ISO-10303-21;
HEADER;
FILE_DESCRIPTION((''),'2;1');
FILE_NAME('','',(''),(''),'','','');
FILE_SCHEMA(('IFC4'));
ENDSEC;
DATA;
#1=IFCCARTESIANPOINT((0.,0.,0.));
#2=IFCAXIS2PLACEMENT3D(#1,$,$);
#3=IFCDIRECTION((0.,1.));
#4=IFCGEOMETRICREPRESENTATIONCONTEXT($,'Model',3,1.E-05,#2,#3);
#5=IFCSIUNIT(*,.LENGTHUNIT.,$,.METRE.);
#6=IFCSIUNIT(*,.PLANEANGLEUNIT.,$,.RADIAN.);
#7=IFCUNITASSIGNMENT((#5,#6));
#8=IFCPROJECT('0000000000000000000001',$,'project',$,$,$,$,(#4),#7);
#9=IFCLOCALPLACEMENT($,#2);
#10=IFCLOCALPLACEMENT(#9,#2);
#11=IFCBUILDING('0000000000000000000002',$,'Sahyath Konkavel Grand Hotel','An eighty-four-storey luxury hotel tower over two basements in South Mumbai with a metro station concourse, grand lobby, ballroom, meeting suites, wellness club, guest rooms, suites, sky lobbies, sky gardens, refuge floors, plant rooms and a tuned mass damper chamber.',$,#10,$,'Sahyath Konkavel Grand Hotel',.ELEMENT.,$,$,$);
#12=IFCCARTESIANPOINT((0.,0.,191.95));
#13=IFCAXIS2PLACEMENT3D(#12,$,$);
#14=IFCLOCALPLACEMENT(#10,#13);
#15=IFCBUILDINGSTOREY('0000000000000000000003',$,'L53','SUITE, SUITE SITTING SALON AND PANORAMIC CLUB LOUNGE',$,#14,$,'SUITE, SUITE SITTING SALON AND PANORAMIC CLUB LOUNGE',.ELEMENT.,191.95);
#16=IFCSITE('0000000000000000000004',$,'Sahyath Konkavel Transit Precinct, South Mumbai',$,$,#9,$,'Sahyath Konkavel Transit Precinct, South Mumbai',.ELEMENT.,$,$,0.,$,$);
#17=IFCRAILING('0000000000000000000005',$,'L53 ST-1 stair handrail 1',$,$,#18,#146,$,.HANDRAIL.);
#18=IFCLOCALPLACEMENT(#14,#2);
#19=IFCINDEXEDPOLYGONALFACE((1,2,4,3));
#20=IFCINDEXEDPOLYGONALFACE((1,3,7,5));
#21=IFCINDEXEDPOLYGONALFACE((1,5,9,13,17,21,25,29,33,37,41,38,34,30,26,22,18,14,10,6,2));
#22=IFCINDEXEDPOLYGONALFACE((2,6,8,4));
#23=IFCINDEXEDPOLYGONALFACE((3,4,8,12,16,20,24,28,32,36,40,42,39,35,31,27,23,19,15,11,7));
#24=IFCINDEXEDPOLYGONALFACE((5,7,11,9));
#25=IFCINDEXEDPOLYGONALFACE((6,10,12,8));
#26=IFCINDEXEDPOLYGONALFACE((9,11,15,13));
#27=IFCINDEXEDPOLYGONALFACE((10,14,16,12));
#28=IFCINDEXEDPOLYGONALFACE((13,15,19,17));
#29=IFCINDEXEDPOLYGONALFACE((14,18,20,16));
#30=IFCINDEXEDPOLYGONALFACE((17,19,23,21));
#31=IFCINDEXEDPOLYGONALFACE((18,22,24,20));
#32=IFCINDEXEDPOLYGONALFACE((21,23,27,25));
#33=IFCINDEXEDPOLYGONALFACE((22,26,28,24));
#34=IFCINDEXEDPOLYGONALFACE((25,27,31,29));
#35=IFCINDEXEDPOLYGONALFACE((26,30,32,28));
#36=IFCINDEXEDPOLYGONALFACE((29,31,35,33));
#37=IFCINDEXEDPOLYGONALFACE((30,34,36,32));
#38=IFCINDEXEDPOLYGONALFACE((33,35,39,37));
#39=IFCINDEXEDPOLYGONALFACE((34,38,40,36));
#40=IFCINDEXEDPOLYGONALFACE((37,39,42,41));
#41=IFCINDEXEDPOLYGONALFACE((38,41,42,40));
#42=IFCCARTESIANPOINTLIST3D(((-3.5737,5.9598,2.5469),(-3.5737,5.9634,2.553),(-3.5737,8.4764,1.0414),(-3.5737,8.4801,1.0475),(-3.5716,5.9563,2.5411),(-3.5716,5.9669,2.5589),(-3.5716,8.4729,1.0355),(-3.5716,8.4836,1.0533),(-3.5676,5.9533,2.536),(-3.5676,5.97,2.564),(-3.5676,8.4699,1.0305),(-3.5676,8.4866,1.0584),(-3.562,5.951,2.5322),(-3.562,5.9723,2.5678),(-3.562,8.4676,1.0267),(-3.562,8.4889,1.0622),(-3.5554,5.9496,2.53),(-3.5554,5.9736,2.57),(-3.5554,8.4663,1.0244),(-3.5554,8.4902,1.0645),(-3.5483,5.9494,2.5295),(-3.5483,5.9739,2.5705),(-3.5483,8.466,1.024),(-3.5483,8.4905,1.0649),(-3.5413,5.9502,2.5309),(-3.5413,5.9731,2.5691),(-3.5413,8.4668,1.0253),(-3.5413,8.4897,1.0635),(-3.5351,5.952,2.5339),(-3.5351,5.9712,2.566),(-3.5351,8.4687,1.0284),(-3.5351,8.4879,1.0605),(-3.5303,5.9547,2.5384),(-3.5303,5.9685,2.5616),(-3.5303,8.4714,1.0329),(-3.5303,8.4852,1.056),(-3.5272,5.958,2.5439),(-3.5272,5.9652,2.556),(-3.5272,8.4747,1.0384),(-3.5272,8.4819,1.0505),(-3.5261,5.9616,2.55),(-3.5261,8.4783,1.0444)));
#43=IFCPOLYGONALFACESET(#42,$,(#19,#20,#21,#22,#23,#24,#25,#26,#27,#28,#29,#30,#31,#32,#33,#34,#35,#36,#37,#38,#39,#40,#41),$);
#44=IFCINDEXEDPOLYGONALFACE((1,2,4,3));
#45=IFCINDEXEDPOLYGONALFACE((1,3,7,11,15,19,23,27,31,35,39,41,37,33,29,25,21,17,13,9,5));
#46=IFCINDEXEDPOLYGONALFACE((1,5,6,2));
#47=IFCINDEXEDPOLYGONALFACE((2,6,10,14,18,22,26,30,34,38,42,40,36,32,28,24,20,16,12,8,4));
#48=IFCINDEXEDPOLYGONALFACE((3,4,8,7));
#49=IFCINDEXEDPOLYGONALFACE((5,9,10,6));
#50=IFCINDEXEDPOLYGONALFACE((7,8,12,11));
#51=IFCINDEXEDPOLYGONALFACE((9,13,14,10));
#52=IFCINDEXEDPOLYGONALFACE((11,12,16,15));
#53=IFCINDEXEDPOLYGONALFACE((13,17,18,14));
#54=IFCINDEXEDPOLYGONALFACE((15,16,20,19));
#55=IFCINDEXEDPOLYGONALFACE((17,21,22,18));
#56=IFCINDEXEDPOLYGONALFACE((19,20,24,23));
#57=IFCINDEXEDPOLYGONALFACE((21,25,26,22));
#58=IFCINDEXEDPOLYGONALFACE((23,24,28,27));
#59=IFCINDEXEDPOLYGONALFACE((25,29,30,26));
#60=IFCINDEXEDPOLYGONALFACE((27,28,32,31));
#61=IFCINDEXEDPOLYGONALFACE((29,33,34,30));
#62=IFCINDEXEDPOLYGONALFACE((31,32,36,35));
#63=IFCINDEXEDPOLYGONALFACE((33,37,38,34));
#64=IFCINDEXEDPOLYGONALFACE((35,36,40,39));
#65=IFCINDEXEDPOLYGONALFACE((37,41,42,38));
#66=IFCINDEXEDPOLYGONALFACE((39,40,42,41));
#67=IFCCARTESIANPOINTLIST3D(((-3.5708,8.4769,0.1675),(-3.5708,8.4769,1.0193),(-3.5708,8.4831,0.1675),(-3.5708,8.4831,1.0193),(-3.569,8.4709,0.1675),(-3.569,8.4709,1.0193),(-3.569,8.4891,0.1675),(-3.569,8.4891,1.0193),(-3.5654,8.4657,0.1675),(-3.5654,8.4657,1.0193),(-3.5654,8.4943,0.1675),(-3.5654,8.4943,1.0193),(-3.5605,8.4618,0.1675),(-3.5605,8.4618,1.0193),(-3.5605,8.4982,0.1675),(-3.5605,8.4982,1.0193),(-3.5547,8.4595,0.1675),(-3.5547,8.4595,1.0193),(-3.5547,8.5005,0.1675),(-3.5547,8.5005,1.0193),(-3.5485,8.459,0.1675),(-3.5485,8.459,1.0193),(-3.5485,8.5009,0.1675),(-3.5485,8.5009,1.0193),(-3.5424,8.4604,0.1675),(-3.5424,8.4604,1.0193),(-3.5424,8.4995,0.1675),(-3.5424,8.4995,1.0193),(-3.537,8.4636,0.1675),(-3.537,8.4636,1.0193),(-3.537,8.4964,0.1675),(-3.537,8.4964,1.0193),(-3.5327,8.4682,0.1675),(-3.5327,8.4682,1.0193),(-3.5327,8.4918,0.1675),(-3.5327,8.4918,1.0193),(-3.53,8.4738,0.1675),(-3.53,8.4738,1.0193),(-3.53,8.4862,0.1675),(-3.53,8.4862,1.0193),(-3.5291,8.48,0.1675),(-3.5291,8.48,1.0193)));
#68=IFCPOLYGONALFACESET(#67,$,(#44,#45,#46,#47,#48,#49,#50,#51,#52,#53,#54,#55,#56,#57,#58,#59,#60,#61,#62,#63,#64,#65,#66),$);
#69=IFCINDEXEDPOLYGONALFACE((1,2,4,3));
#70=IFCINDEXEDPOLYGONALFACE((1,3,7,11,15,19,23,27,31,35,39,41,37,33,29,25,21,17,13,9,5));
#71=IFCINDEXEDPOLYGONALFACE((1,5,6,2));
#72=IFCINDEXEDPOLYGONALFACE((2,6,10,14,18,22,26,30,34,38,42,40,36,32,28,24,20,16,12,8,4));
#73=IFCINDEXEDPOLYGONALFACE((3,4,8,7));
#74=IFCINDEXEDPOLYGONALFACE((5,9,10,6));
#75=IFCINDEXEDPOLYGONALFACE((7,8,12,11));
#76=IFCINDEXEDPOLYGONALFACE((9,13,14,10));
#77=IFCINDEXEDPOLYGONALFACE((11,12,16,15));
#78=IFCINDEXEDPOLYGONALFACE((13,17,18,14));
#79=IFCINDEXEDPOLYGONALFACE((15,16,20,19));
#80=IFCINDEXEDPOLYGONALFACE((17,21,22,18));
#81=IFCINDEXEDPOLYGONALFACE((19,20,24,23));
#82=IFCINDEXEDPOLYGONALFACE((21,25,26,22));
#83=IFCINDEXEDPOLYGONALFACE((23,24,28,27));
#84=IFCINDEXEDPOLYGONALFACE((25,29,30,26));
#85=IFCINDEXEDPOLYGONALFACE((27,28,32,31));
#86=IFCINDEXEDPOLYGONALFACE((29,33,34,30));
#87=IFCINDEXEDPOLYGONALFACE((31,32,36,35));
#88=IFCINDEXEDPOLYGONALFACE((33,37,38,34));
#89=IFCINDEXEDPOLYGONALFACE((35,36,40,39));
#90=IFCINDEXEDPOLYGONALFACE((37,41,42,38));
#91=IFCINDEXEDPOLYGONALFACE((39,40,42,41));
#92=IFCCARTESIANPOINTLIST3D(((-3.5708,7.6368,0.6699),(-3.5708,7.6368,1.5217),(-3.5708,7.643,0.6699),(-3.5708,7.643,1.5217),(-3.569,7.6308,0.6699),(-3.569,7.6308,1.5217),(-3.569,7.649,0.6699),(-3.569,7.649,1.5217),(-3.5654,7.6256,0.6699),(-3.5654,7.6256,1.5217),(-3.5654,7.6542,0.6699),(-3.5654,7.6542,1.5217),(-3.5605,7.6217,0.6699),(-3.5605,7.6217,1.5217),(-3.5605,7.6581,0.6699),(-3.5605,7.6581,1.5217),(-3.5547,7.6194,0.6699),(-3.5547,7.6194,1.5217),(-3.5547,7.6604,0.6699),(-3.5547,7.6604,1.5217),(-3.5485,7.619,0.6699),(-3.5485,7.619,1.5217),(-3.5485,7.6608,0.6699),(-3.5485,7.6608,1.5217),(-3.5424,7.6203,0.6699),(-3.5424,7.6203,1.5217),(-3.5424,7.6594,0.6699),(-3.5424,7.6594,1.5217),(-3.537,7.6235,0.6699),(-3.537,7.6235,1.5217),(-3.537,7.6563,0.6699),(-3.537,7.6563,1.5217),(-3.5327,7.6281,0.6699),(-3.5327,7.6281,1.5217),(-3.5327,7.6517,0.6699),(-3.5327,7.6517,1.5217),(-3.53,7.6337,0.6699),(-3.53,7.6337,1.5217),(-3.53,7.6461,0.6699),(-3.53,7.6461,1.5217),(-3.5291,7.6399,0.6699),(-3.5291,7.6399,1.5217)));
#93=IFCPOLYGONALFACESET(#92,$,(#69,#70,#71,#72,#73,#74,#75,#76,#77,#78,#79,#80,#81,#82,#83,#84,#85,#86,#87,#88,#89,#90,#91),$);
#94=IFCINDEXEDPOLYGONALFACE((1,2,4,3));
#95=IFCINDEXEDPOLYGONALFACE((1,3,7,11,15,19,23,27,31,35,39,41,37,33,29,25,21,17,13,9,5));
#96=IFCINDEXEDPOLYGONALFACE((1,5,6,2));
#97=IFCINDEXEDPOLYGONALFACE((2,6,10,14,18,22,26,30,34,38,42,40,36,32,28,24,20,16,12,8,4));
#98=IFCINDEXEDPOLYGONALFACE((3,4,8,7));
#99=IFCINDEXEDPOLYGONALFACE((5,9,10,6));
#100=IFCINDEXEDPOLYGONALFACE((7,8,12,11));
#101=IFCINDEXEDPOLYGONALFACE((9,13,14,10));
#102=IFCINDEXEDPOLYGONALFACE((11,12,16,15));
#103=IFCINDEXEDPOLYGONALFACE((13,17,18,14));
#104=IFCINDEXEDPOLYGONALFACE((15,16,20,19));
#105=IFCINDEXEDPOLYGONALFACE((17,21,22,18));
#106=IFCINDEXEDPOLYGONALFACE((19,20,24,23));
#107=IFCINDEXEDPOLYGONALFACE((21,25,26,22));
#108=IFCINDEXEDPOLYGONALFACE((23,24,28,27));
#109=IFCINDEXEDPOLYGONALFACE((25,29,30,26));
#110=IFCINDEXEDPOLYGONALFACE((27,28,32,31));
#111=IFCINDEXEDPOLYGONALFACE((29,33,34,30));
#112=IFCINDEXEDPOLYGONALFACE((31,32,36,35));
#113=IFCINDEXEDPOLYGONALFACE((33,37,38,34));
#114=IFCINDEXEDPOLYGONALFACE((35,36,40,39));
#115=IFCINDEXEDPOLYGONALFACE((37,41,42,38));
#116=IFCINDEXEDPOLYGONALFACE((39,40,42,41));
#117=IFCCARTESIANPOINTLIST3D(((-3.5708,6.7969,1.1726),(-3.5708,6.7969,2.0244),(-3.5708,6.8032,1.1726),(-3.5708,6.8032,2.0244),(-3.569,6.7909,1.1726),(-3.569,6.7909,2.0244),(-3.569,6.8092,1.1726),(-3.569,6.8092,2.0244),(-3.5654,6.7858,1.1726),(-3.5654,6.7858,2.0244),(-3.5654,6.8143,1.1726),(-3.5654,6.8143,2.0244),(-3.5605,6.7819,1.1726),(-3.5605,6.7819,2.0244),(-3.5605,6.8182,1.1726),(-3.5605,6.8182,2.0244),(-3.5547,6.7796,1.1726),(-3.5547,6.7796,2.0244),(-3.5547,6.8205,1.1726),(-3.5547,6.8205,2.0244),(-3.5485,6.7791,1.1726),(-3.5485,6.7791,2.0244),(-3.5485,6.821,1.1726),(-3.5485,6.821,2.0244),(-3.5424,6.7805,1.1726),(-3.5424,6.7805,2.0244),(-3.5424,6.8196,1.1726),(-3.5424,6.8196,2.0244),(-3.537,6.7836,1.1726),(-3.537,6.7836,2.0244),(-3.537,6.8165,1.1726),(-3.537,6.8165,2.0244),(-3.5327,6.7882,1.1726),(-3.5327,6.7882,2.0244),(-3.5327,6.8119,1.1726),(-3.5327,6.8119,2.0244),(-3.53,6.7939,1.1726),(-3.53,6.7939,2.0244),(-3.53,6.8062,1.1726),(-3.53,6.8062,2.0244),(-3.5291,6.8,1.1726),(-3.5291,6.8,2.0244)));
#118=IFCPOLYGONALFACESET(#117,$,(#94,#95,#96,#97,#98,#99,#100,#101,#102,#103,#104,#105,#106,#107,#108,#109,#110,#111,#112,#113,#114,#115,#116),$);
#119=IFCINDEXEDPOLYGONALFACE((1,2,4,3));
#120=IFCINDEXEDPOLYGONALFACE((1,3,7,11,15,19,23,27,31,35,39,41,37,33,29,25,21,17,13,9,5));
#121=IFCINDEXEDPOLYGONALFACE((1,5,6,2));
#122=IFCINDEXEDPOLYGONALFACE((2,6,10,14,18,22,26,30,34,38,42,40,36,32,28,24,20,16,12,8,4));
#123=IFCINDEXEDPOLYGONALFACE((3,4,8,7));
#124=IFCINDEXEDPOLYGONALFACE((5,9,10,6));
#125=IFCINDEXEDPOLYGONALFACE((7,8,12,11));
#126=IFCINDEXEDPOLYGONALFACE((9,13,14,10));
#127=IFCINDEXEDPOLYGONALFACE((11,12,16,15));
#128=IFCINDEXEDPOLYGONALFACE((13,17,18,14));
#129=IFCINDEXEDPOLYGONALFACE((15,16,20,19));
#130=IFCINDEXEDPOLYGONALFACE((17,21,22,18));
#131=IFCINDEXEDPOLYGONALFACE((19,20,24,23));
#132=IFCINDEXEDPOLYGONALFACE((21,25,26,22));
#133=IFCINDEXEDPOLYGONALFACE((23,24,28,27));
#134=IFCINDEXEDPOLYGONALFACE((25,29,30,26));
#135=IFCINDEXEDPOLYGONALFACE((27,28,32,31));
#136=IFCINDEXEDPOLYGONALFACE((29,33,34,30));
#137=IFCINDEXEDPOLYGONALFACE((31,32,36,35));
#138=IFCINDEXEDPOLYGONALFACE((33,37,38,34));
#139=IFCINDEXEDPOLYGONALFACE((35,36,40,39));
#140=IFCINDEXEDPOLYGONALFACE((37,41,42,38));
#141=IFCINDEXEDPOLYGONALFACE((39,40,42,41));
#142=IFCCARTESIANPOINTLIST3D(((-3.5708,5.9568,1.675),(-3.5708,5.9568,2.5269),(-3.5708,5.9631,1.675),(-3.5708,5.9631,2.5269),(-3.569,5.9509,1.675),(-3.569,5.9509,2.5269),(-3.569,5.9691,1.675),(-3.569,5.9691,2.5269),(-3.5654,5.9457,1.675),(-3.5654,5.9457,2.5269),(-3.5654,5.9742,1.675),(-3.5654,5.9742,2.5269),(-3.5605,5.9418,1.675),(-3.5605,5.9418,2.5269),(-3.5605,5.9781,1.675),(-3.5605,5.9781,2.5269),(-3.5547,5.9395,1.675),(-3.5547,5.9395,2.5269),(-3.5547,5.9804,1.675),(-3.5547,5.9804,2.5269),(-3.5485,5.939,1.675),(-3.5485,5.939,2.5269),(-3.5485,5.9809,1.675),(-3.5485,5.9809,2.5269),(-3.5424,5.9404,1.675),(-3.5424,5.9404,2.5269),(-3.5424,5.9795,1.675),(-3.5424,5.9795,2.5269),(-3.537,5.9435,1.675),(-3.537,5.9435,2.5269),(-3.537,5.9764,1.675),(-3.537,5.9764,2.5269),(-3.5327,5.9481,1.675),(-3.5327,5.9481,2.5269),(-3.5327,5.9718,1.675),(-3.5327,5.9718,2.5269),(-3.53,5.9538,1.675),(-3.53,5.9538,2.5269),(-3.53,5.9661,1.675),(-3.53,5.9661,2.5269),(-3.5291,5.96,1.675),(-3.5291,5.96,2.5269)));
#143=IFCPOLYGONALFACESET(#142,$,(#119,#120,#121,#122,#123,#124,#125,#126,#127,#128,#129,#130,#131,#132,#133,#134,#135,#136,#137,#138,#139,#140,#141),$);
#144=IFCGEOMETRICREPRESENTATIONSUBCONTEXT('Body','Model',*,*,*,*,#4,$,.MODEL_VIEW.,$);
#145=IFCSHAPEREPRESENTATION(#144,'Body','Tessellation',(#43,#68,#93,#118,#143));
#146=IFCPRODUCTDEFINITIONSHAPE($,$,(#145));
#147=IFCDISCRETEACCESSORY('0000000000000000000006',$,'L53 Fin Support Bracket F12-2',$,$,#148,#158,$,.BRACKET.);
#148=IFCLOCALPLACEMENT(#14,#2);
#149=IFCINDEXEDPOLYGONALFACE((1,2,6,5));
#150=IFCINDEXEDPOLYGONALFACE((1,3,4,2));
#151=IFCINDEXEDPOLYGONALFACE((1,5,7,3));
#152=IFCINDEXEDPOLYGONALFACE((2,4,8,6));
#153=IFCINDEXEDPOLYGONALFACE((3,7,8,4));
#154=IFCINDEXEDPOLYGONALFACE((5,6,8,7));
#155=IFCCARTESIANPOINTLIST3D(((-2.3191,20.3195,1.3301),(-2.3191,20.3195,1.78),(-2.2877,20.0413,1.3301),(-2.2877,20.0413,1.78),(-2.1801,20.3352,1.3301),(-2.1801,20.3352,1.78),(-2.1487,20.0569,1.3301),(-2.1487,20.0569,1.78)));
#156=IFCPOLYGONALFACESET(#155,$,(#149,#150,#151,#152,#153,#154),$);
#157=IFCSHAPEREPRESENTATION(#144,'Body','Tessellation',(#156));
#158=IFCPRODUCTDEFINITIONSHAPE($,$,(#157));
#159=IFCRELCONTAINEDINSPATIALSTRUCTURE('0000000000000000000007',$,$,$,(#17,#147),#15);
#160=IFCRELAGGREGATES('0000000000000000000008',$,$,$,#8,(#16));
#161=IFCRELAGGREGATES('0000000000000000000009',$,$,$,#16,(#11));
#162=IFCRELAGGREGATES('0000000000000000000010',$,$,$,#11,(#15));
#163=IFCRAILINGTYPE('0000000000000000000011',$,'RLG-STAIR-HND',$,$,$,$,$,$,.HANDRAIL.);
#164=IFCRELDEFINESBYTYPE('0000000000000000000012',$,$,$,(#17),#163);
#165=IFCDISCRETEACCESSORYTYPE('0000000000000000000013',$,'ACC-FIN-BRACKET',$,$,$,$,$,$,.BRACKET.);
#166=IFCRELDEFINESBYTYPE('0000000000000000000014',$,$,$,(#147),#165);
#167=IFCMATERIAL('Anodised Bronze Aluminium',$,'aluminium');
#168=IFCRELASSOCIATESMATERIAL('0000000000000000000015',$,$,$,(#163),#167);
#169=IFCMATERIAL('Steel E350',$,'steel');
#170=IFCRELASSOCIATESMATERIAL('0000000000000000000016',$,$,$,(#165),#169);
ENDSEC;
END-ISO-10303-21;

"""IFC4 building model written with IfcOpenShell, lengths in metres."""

from ifc_helpers import new_model, si_unit, direction, frame, origin, origin_2d, place, context, subcontext, project, spatial, rectangle, circle, extrude, source, transform, mapped, material, type_object, element, save


model = new_model("IFC4")

# Units and contexts
model_context = context("Model", 3, precision=1e-05, world=origin(), true_north=direction((0.0, 1.0)))
body_context = subcontext(model_context, "Body", "Model", "MODEL_VIEW")
ifc_project = project(units=[si_unit("LENGTHUNIT", "METRE"), si_unit("PLANEANGLEUNIT", "RADIAN")], contexts=[model_context])

# Site, building, storey
site_placement = place(None, origin())
site = spatial("IfcSite", under=ifc_project, at=site_placement, Name="Sahyath Konkavel Transit Precinct, South Mumbai", LongName="Sahyath Konkavel Transit Precinct, South Mumbai", CompositionType="ELEMENT", RefElevation=0.0)
building_placement = place(site_placement, origin())
building = spatial("IfcBuilding", under=site, at=building_placement, Name="Sahyath Konkavel Grand Hotel", Description="An eighty-four-storey luxury hotel tower over two basements in South Mumbai with a metro station concourse, grand lobby, ballroom, meeting suites, wellness club, guest rooms, suites, sky lobbies, sky gardens, refuge floors, plant rooms and a tuned mass damper chamber.", LongName="Sahyath Konkavel Grand Hotel", CompositionType="ELEMENT")
storey_placement = place(building_placement, frame((0.0, 0.0, 191.95)))
storey = spatial("IfcBuildingStorey", under=building, at=storey_placement, Name="L53", Description="SUITE, SUITE SITTING SALON AND PANORAMIC CLUB LOUNGE", LongName="SUITE, SUITE SITTING SALON AND PANORAMIC CLUB LOUNGE", CompositionType="ELEMENT", Elevation=191.95)

# Shared definitions
ifc_material_1 = material(Name="Steel E350", Category="steel")

# Shared definitions
ifc_material_2 = material(Name="Anodised Bronze Aluminium", Category="aluminium")

# Railing
railing_type_1 = type_object("IfcRailingType", Name="RLG-STAIR-HND", PredefinedType="HANDRAIL", material=ifc_material_2)
railing_1_placement = place(storey_placement, frame((-3.55, 8.48, 0.1675)))
element("IfcRailing", 1, at=railing_1_placement, inside=storey, type_object=railing_type_1, Name="L53 ST-1 stair handrail 1", PredefinedType="HANDRAIL", context=body_context, shape_type="SweptSolid", body=[
    extrude(circle(Radius=0.0239, at=origin_2d()), frame((0.0, -0.0017, 0.877), z_axis=(0.0, -0.85816, 0.513383), x_axis=(1.0, 0.0, 0.0)), (0.0, 0.0, 1.0), 2.9326),
    extrude(circle(Radius=0.021, at=origin_2d()), origin(), (0.0, 0.0, 1.0), 0.8518),
    extrude(circle(Radius=0.021, at=origin_2d()), frame((0.0, -0.8401, 0.5024)), (0.0, 0.0, 1.0), 0.8518),
    extrude(circle(Radius=0.021, at=origin_2d()), frame((0.0, -1.6799, 1.0051)), (0.0, 0.0, 1.0), 0.8518),
    extrude(circle(Radius=0.021, at=origin_2d()), frame((0.0, -2.52, 1.5076)), (0.0, 0.0, 1.0), 0.8518),
])

# Discrete accessory
discrete_accessory_type = type_object("IfcDiscreteAccessoryType", Name="ACC-FIN-BRACKET", PredefinedType="BRACKET", material=ifc_material_1)
shared_shape_1 = source(origin(), body_context, "Body", "SweptSolid", [
    extrude(rectangle(XDim=0.28, YDim=0.1399, at=origin_2d()), origin(), (0.0, 0.0, 1.0), 0.45),
])
discrete_accessory_placement = place(storey_placement, frame((-2.2339, 20.1882, 1.3301), z_axis=(0.0, 0.0, 1.0), x_axis=(-0.112007, 0.993707, 0.0)))
element("IfcDiscreteAccessory", 2, at=discrete_accessory_placement, inside=storey, type_object=discrete_accessory_type, Name="L53 Fin Support Bracket F12-2", PredefinedType="BRACKET", context=body_context, shape_type="MappedRepresentation", body=[
    mapped(shared_shape_1, transform((0.0, 0.0, 0.0), scale=1.0)),
])

save(model, "model.ifc")
